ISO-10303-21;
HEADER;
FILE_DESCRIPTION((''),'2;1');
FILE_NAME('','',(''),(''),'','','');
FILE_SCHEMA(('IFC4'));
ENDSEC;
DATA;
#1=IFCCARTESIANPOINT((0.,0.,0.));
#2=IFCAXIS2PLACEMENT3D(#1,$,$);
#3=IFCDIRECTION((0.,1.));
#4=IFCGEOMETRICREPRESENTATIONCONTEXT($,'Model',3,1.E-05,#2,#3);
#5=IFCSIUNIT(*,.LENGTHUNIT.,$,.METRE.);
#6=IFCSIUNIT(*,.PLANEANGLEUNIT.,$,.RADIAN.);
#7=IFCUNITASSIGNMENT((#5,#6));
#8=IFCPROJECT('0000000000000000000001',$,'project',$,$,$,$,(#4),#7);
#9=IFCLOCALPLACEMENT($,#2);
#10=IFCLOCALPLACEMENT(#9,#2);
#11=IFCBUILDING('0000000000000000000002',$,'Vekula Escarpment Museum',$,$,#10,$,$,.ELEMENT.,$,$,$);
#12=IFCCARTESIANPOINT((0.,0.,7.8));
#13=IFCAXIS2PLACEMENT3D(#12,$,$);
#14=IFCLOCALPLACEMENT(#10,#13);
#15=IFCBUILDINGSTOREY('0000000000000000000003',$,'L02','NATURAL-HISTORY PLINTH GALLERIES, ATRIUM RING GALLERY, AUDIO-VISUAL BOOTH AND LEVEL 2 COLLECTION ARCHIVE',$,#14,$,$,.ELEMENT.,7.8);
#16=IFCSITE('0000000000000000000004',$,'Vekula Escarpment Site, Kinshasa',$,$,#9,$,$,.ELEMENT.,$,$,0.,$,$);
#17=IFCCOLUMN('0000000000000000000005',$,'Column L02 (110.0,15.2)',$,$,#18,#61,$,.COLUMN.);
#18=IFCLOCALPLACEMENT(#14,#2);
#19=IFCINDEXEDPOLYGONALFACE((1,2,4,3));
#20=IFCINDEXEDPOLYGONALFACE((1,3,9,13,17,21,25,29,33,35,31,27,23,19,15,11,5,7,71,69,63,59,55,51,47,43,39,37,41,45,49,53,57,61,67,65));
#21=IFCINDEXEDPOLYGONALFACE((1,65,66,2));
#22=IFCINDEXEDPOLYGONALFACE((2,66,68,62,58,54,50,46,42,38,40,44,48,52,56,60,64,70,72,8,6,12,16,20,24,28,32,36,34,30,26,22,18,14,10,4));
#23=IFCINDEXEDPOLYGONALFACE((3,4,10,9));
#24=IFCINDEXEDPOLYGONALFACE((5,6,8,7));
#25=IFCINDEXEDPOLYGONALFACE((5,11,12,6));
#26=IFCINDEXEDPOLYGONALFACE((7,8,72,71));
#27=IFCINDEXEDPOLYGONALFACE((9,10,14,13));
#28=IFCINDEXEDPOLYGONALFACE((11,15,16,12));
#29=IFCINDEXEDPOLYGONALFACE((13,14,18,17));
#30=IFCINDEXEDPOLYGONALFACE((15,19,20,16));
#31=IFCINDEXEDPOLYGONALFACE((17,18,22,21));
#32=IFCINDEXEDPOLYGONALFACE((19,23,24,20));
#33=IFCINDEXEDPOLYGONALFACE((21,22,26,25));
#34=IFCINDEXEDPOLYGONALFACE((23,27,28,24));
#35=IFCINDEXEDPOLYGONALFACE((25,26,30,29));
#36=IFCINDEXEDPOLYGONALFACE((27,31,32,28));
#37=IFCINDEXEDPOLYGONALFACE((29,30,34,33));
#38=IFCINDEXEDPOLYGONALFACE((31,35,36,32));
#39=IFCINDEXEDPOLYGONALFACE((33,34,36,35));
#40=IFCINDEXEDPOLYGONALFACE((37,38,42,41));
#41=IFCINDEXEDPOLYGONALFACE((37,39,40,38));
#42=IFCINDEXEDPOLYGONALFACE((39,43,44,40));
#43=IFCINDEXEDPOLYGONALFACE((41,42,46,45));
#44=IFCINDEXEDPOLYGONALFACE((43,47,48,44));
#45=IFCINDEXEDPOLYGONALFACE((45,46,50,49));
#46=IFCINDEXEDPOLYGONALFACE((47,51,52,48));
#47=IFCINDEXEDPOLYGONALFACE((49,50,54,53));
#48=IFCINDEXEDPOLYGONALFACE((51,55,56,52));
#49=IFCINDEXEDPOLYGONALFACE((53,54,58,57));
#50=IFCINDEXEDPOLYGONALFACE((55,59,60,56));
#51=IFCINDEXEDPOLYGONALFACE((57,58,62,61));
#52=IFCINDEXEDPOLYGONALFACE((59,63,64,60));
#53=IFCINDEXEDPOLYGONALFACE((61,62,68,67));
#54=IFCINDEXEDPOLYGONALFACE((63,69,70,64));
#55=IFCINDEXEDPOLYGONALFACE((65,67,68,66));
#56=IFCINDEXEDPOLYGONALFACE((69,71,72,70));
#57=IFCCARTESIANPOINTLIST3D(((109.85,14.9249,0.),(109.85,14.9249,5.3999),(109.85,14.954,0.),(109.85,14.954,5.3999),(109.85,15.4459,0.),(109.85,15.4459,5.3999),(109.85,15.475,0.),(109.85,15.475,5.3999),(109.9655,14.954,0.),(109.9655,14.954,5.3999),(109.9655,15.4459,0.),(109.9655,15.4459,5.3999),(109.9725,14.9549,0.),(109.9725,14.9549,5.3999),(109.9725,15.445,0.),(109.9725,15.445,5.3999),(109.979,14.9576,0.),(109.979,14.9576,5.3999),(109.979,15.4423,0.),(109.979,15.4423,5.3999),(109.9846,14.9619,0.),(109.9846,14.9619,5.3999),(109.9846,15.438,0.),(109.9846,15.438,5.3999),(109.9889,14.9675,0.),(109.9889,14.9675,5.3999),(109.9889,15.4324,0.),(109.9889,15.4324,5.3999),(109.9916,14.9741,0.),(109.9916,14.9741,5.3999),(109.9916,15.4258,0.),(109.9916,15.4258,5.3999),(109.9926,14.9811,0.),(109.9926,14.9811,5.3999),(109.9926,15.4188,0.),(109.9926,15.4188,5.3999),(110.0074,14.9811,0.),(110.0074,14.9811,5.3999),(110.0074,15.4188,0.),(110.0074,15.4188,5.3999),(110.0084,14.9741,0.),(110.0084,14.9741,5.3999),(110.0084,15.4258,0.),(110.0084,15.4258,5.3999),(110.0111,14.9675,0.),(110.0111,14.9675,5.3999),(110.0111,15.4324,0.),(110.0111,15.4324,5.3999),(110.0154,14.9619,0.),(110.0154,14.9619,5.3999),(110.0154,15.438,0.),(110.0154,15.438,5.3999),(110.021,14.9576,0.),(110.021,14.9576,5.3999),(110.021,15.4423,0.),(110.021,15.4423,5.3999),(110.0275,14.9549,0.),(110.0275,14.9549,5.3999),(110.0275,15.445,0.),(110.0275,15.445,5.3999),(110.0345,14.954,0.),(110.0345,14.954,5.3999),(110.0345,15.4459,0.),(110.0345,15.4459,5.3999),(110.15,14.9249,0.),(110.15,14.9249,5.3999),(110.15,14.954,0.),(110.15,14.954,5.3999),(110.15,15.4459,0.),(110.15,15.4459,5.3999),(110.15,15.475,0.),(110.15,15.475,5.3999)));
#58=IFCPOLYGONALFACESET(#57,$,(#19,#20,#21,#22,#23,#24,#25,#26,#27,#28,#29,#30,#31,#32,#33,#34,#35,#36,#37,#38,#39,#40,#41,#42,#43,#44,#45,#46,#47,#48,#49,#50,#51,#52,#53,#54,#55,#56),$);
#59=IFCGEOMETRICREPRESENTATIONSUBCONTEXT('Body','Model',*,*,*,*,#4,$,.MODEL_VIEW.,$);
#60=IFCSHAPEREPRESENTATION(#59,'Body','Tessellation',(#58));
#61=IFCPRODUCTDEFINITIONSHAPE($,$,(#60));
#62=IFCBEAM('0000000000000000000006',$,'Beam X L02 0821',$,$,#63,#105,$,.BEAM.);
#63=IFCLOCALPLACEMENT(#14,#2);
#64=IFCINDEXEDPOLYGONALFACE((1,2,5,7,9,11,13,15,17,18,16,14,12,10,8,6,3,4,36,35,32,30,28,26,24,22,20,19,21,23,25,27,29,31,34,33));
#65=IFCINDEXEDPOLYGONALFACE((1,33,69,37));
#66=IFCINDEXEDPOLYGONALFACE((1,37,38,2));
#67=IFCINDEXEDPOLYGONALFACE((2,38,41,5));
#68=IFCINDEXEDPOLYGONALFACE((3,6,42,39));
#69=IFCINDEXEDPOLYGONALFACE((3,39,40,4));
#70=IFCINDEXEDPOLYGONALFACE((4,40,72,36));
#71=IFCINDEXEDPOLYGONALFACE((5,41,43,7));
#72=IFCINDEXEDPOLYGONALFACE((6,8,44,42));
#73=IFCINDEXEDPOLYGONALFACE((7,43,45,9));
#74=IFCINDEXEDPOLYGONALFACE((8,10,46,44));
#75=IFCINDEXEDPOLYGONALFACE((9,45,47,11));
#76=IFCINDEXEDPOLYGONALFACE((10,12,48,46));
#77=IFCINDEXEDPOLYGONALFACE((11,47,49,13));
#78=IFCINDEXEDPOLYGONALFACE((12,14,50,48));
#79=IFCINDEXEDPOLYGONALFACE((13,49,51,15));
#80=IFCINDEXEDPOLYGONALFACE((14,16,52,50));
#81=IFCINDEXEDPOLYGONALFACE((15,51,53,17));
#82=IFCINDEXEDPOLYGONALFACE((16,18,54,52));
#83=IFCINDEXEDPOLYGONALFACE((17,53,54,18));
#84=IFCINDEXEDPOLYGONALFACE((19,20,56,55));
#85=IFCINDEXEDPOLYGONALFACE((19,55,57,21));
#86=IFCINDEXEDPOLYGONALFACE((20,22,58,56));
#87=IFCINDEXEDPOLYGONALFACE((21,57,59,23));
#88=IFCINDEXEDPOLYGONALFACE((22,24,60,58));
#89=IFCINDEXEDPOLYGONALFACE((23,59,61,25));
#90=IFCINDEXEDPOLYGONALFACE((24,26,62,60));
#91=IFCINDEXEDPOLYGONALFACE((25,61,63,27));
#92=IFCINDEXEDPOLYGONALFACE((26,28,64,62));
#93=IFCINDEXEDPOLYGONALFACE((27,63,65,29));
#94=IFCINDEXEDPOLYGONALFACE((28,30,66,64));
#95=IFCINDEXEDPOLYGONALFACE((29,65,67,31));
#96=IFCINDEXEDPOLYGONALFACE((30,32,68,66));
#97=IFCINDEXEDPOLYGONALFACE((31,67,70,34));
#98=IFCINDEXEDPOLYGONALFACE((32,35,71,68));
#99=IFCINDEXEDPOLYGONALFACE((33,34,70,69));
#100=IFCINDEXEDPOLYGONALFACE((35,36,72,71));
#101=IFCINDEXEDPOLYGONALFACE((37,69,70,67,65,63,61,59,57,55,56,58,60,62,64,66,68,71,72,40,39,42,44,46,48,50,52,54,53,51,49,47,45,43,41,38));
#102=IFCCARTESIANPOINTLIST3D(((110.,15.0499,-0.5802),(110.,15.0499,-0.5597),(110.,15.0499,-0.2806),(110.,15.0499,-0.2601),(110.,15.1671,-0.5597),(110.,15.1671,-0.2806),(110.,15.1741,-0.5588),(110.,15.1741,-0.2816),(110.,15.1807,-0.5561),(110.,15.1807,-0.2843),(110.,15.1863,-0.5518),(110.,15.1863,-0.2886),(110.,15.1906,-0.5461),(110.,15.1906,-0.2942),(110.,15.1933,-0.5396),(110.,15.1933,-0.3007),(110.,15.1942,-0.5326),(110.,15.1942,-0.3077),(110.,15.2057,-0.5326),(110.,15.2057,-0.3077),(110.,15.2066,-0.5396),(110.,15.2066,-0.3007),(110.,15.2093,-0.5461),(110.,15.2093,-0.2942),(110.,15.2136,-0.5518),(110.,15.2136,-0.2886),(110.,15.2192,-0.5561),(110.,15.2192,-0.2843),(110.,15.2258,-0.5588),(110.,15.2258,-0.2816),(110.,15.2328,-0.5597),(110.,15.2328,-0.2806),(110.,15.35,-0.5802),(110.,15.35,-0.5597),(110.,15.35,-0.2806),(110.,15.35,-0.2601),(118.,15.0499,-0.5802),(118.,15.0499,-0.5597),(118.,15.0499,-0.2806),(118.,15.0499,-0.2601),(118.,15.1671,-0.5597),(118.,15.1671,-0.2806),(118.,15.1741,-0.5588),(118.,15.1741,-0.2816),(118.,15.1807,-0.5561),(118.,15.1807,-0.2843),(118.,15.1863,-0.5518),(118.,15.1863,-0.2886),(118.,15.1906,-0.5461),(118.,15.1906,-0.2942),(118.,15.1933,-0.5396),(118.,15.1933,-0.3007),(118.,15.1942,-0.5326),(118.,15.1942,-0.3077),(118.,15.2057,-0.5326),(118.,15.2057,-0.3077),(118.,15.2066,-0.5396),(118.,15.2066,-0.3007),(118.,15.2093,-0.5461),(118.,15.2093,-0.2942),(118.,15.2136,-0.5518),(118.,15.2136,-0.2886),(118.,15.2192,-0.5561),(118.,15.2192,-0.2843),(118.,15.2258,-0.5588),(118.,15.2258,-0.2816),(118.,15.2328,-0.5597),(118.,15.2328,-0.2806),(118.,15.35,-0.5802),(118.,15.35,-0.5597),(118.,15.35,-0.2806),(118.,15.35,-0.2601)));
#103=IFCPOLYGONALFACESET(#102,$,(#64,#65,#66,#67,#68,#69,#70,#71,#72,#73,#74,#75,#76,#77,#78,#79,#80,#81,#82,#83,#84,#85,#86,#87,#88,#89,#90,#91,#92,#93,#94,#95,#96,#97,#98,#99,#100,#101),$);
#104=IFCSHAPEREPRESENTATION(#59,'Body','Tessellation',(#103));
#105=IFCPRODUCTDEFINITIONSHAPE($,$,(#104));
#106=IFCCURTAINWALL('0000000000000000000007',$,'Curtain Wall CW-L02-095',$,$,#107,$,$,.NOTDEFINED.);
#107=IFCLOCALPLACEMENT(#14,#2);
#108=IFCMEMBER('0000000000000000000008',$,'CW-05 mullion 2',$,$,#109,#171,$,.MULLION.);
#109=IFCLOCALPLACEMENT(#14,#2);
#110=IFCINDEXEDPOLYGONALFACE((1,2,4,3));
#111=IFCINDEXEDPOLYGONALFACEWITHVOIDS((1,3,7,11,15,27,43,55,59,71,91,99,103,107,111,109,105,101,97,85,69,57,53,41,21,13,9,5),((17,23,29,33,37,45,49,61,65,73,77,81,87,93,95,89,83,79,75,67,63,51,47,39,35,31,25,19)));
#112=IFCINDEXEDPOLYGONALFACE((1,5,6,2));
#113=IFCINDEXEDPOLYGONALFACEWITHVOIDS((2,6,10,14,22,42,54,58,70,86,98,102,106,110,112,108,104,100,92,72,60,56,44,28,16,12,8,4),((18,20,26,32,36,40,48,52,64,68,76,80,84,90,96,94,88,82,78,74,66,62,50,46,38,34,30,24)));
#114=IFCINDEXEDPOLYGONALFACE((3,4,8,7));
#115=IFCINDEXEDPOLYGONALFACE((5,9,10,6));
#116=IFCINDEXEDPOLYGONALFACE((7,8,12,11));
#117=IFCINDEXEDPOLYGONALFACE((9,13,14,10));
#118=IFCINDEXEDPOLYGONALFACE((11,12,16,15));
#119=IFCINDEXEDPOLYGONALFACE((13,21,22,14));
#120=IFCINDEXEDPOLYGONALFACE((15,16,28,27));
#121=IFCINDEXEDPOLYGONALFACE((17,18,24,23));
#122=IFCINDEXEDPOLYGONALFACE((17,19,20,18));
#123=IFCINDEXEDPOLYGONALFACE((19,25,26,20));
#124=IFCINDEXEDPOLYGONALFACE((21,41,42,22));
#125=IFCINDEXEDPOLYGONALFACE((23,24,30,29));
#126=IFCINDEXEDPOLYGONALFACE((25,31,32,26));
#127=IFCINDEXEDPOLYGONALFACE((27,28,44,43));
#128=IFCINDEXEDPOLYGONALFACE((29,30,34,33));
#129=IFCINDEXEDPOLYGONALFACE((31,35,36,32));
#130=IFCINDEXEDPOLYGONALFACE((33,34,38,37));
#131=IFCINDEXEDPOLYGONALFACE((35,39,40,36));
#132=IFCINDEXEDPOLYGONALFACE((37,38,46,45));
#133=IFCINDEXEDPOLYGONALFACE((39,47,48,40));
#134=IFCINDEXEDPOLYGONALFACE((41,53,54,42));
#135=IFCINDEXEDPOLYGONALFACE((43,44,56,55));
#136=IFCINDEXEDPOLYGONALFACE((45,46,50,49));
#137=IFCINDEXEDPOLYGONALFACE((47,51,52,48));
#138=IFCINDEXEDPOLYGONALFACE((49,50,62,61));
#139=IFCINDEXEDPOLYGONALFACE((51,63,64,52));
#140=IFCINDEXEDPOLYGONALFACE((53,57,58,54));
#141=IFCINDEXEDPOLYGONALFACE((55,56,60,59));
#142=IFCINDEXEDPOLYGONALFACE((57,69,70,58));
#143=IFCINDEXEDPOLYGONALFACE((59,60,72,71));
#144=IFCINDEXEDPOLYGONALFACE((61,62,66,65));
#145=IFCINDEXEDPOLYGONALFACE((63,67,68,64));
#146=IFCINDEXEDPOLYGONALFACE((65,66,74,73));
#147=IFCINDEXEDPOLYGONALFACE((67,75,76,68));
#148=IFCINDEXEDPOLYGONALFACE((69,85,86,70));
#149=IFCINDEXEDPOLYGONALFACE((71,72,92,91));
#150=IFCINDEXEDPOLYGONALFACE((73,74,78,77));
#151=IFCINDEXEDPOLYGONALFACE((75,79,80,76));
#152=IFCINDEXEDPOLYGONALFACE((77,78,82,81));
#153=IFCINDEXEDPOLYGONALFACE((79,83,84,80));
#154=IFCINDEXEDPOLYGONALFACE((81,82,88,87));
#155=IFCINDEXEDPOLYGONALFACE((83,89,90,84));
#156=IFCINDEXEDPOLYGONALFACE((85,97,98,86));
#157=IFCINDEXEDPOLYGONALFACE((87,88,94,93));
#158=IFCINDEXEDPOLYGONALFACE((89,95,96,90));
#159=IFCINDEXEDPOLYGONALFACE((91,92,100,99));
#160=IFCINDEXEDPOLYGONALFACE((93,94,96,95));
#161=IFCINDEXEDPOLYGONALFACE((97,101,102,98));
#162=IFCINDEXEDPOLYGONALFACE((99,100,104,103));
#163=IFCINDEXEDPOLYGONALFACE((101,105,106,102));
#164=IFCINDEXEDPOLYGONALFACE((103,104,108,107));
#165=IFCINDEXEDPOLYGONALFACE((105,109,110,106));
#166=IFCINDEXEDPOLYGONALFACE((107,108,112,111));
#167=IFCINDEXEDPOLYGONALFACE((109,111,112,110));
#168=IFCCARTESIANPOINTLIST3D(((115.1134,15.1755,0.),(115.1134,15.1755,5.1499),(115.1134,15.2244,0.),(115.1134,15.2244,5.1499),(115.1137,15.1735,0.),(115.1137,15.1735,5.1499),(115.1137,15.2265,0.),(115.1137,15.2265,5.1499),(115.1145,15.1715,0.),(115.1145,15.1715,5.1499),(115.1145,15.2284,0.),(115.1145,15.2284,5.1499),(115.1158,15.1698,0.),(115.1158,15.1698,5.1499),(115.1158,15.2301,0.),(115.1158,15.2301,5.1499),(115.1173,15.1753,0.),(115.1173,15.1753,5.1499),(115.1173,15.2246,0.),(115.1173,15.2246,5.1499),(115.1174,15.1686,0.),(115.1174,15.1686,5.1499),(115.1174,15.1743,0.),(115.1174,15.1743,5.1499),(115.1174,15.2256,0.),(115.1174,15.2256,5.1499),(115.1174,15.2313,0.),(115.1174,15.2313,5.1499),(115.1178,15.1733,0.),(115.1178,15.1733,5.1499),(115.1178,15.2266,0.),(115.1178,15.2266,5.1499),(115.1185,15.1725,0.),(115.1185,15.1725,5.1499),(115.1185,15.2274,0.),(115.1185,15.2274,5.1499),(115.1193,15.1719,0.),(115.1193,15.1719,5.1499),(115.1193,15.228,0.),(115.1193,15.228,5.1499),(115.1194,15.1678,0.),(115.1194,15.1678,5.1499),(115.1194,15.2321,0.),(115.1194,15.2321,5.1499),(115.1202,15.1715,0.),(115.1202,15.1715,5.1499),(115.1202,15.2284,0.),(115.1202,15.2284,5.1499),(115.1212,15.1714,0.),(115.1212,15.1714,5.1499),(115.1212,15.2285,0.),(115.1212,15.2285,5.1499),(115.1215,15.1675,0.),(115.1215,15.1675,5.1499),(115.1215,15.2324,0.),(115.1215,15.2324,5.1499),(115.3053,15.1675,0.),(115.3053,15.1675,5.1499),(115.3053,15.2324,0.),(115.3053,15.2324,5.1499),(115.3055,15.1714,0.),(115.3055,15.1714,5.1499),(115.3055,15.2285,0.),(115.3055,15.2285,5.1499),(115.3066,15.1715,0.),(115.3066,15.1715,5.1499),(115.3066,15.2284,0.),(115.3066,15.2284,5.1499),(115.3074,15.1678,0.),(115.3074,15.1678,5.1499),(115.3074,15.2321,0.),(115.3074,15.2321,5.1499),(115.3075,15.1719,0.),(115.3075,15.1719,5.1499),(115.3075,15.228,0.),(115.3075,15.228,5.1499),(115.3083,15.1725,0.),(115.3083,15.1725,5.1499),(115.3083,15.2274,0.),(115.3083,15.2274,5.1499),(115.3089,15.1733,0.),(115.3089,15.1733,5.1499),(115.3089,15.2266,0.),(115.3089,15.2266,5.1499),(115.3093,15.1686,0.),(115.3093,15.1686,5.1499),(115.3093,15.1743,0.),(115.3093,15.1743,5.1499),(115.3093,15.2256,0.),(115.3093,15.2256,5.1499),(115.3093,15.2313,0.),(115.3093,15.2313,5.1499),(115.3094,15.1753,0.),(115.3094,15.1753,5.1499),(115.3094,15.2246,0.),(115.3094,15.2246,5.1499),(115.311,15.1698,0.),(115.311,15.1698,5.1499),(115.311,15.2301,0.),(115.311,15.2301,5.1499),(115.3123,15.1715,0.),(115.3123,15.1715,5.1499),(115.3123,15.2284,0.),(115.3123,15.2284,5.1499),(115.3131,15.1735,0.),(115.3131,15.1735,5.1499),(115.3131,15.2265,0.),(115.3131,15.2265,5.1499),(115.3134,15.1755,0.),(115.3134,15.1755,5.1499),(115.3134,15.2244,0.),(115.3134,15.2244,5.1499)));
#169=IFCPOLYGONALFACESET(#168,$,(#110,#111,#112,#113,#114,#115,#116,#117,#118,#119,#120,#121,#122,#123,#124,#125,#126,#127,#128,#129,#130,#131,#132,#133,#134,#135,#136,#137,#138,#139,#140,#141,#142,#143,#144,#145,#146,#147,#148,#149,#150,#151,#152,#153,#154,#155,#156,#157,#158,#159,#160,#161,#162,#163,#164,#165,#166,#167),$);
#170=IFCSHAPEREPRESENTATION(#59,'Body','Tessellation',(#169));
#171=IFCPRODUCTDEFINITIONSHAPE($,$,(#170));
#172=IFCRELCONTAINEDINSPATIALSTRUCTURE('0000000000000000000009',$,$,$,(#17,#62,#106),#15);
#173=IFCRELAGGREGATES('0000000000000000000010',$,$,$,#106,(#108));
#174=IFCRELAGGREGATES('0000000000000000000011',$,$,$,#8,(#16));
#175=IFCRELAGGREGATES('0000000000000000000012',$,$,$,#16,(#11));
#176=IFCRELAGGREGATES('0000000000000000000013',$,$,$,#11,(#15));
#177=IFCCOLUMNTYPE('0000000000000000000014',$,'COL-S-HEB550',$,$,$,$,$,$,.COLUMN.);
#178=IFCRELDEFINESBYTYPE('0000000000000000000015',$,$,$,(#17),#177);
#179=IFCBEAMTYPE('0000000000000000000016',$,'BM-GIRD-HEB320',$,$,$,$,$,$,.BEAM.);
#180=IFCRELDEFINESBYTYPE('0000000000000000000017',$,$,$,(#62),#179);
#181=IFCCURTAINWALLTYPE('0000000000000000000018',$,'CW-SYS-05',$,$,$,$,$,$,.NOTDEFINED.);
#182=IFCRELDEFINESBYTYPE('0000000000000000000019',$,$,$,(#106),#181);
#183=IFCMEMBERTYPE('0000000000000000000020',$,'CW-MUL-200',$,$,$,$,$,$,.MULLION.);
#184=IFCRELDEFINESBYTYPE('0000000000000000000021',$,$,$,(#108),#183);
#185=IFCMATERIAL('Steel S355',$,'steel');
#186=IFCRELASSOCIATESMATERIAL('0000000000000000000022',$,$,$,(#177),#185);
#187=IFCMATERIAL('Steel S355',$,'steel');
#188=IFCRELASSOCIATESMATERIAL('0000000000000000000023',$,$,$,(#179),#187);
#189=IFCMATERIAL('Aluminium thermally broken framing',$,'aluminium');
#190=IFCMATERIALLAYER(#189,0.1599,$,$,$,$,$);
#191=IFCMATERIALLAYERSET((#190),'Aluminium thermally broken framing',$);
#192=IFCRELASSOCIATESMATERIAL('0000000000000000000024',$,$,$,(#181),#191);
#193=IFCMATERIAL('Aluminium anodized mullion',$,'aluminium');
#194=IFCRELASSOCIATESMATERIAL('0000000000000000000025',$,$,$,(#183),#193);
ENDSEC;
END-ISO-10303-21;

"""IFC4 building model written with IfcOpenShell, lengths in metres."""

from ifc_helpers import new_model, si_unit, direction, frame, origin, origin_2d, place, context, subcontext, project, spatial, hollow_rectangle, i_section, extrude, material, layer, layer_set, material_profile, profile_set, type_object, element, aggregate, save


model = new_model("IFC4")

# Units and contexts
model_context = context("Model", 3, precision=1e-05, world=origin(), true_north=direction((0.0, 1.0)))
body_context = subcontext(model_context, "Body", "Model", "MODEL_VIEW")
ifc_project = project(units=[si_unit("LENGTHUNIT", "METRE"), si_unit("PLANEANGLEUNIT", "RADIAN")], contexts=[model_context])

# Site, building, storey
site_placement = place(None, origin())
site = spatial("IfcSite", under=ifc_project, at=site_placement, Name="Vekula Escarpment Site, Kinshasa", CompositionType="ELEMENT", RefElevation=0.0)
building_placement = place(site_placement, origin())
building = spatial("IfcBuilding", under=site, at=building_placement, Name="Vekula Escarpment Museum", CompositionType="ELEMENT")
storey_placement = place(building_placement, frame((0.0, 0.0, 7.8)))
storey = spatial("IfcBuildingStorey", under=building, at=storey_placement, Name="L02", Description="NATURAL-HISTORY PLINTH GALLERIES, ATRIUM RING GALLERY, AUDIO-VISUAL BOOTH AND LEVEL 2 COLLECTION ARCHIVE", CompositionType="ELEMENT", Elevation=7.8)

# Column
ifc_material_1 = material(Name="Steel S355", Category="steel")
ifc_material_profile_1 = material_profile(ifc_material_1, i_section(OverallWidth=0.3, OverallDepth=0.55, WebThickness=0.0149, FlangeThickness=0.0291, FilletRadius=0.0271, at=origin_2d()), Name="HEB 550")
ifc_profile_set_1 = profile_set([ifc_material_profile_1], Name="Steel S355")
column_type = type_object("IfcColumnType", Name="COL-S-HEB550", PredefinedType="COLUMN", material=ifc_profile_set_1)
column_placement = place(storey_placement, frame((110.0, 15.2, 0.0), z_axis=(0.0, 0.0, 1.0), x_axis=(1.0, 0.0, 0.0)))
element("IfcColumn", 1, at=column_placement, inside=storey, type_object=column_type, Name="Column L02 (110.0,15.2)", PredefinedType="COLUMN", context=body_context, shape_type="SweptSolid", body=[
    extrude(i_section(OverallWidth=0.3, OverallDepth=0.55, WebThickness=0.0149, FlangeThickness=0.0291, FilletRadius=0.0271, at=origin_2d()), origin(), (0.0, 0.0, 1.0), 5.3999),
])

# Beam
ifc_material_2 = material(Name="Steel S355", Category="steel")
ifc_material_profile_2 = material_profile(ifc_material_2, i_section(OverallWidth=0.3, OverallDepth=0.3201, WebThickness=0.0115, FlangeThickness=0.0205, FilletRadius=0.0271, at=origin_2d()), Name="HEB 320")
ifc_profile_set_2 = profile_set([ifc_material_profile_2], Name="Steel S355")
beam_type = type_object("IfcBeamType", Name="BM-GIRD-HEB320", PredefinedType="BEAM", material=ifc_profile_set_2)
beam_placement = place(storey_placement, frame((110.0, 15.2, -0.4202), z_axis=(1.0, 0.0, 0.0), x_axis=(0.0, 1.0, 0.0)))
element("IfcBeam", 2, at=beam_placement, inside=storey, type_object=beam_type, Name="Beam X L02 0821", PredefinedType="BEAM", context=body_context, shape_type="SweptSolid", body=[
    extrude(i_section(OverallWidth=0.3, OverallDepth=0.3201, WebThickness=0.0115, FlangeThickness=0.0205, FilletRadius=0.0271, at=origin_2d()), origin(), (0.0, 0.0, 1.0), 8.0),
])

# Curtain wall, member
ifc_material_3 = material(Name="Aluminium thermally broken framing", Category="aluminium")
ifc_layer_1 = layer(ifc_material_3, 0.1599)
ifc_layer_set_1 = layer_set([ifc_layer_1], Name="Aluminium thermally broken framing")
curtain_wall_type_1 = type_object("IfcCurtainWallType", Name="CW-SYS-05", PredefinedType="NOTDEFINED", material=ifc_layer_set_1)
curtain_wall_1_placement = place(storey_placement, origin())
curtain_wall_1 = element("IfcCurtainWall", 3, at=curtain_wall_1_placement, inside=storey, type_object=curtain_wall_type_1, Name="Curtain Wall CW-L02-095", PredefinedType="NOTDEFINED")
ifc_material_4 = material(Name="Aluminium anodized mullion", Category="aluminium")
ifc_material_profile_3 = material_profile(ifc_material_4, hollow_rectangle(XDim=0.0649, YDim=0.2, WallThickness=0.0039, InnerFilletRadius=0.0039, OuterFilletRadius=0.0081, at=origin_2d()), Name="ALU 200x65x4")
ifc_profile_set_3 = profile_set([ifc_material_profile_3], Name="Aluminium anodized mullion")
member_type_1 = type_object("IfcMemberType", Name="CW-MUL-200", PredefinedType="MULLION", material=ifc_profile_set_3)
member_1_placement = place(storey_placement, frame((115.2134, 15.2, 0.0), z_axis=(0.0, 0.0, 1.0), x_axis=(0.0, -1.0, 0.0)))
member_1 = element("IfcMember", 4, at=member_1_placement, type_object=member_type_1, Name="CW-05 mullion 2", PredefinedType="MULLION", context=body_context, shape_type="SweptSolid", body=[
    extrude(hollow_rectangle(XDim=0.0649, YDim=0.2, WallThickness=0.0039, InnerFilletRadius=0.0039, OuterFilletRadius=0.0081, at=origin_2d()), origin(), (0.0, 0.0, 1.0), 5.1499),
])

aggregate(curtain_wall_1, [member_1])

save(model, "model.ifc")
